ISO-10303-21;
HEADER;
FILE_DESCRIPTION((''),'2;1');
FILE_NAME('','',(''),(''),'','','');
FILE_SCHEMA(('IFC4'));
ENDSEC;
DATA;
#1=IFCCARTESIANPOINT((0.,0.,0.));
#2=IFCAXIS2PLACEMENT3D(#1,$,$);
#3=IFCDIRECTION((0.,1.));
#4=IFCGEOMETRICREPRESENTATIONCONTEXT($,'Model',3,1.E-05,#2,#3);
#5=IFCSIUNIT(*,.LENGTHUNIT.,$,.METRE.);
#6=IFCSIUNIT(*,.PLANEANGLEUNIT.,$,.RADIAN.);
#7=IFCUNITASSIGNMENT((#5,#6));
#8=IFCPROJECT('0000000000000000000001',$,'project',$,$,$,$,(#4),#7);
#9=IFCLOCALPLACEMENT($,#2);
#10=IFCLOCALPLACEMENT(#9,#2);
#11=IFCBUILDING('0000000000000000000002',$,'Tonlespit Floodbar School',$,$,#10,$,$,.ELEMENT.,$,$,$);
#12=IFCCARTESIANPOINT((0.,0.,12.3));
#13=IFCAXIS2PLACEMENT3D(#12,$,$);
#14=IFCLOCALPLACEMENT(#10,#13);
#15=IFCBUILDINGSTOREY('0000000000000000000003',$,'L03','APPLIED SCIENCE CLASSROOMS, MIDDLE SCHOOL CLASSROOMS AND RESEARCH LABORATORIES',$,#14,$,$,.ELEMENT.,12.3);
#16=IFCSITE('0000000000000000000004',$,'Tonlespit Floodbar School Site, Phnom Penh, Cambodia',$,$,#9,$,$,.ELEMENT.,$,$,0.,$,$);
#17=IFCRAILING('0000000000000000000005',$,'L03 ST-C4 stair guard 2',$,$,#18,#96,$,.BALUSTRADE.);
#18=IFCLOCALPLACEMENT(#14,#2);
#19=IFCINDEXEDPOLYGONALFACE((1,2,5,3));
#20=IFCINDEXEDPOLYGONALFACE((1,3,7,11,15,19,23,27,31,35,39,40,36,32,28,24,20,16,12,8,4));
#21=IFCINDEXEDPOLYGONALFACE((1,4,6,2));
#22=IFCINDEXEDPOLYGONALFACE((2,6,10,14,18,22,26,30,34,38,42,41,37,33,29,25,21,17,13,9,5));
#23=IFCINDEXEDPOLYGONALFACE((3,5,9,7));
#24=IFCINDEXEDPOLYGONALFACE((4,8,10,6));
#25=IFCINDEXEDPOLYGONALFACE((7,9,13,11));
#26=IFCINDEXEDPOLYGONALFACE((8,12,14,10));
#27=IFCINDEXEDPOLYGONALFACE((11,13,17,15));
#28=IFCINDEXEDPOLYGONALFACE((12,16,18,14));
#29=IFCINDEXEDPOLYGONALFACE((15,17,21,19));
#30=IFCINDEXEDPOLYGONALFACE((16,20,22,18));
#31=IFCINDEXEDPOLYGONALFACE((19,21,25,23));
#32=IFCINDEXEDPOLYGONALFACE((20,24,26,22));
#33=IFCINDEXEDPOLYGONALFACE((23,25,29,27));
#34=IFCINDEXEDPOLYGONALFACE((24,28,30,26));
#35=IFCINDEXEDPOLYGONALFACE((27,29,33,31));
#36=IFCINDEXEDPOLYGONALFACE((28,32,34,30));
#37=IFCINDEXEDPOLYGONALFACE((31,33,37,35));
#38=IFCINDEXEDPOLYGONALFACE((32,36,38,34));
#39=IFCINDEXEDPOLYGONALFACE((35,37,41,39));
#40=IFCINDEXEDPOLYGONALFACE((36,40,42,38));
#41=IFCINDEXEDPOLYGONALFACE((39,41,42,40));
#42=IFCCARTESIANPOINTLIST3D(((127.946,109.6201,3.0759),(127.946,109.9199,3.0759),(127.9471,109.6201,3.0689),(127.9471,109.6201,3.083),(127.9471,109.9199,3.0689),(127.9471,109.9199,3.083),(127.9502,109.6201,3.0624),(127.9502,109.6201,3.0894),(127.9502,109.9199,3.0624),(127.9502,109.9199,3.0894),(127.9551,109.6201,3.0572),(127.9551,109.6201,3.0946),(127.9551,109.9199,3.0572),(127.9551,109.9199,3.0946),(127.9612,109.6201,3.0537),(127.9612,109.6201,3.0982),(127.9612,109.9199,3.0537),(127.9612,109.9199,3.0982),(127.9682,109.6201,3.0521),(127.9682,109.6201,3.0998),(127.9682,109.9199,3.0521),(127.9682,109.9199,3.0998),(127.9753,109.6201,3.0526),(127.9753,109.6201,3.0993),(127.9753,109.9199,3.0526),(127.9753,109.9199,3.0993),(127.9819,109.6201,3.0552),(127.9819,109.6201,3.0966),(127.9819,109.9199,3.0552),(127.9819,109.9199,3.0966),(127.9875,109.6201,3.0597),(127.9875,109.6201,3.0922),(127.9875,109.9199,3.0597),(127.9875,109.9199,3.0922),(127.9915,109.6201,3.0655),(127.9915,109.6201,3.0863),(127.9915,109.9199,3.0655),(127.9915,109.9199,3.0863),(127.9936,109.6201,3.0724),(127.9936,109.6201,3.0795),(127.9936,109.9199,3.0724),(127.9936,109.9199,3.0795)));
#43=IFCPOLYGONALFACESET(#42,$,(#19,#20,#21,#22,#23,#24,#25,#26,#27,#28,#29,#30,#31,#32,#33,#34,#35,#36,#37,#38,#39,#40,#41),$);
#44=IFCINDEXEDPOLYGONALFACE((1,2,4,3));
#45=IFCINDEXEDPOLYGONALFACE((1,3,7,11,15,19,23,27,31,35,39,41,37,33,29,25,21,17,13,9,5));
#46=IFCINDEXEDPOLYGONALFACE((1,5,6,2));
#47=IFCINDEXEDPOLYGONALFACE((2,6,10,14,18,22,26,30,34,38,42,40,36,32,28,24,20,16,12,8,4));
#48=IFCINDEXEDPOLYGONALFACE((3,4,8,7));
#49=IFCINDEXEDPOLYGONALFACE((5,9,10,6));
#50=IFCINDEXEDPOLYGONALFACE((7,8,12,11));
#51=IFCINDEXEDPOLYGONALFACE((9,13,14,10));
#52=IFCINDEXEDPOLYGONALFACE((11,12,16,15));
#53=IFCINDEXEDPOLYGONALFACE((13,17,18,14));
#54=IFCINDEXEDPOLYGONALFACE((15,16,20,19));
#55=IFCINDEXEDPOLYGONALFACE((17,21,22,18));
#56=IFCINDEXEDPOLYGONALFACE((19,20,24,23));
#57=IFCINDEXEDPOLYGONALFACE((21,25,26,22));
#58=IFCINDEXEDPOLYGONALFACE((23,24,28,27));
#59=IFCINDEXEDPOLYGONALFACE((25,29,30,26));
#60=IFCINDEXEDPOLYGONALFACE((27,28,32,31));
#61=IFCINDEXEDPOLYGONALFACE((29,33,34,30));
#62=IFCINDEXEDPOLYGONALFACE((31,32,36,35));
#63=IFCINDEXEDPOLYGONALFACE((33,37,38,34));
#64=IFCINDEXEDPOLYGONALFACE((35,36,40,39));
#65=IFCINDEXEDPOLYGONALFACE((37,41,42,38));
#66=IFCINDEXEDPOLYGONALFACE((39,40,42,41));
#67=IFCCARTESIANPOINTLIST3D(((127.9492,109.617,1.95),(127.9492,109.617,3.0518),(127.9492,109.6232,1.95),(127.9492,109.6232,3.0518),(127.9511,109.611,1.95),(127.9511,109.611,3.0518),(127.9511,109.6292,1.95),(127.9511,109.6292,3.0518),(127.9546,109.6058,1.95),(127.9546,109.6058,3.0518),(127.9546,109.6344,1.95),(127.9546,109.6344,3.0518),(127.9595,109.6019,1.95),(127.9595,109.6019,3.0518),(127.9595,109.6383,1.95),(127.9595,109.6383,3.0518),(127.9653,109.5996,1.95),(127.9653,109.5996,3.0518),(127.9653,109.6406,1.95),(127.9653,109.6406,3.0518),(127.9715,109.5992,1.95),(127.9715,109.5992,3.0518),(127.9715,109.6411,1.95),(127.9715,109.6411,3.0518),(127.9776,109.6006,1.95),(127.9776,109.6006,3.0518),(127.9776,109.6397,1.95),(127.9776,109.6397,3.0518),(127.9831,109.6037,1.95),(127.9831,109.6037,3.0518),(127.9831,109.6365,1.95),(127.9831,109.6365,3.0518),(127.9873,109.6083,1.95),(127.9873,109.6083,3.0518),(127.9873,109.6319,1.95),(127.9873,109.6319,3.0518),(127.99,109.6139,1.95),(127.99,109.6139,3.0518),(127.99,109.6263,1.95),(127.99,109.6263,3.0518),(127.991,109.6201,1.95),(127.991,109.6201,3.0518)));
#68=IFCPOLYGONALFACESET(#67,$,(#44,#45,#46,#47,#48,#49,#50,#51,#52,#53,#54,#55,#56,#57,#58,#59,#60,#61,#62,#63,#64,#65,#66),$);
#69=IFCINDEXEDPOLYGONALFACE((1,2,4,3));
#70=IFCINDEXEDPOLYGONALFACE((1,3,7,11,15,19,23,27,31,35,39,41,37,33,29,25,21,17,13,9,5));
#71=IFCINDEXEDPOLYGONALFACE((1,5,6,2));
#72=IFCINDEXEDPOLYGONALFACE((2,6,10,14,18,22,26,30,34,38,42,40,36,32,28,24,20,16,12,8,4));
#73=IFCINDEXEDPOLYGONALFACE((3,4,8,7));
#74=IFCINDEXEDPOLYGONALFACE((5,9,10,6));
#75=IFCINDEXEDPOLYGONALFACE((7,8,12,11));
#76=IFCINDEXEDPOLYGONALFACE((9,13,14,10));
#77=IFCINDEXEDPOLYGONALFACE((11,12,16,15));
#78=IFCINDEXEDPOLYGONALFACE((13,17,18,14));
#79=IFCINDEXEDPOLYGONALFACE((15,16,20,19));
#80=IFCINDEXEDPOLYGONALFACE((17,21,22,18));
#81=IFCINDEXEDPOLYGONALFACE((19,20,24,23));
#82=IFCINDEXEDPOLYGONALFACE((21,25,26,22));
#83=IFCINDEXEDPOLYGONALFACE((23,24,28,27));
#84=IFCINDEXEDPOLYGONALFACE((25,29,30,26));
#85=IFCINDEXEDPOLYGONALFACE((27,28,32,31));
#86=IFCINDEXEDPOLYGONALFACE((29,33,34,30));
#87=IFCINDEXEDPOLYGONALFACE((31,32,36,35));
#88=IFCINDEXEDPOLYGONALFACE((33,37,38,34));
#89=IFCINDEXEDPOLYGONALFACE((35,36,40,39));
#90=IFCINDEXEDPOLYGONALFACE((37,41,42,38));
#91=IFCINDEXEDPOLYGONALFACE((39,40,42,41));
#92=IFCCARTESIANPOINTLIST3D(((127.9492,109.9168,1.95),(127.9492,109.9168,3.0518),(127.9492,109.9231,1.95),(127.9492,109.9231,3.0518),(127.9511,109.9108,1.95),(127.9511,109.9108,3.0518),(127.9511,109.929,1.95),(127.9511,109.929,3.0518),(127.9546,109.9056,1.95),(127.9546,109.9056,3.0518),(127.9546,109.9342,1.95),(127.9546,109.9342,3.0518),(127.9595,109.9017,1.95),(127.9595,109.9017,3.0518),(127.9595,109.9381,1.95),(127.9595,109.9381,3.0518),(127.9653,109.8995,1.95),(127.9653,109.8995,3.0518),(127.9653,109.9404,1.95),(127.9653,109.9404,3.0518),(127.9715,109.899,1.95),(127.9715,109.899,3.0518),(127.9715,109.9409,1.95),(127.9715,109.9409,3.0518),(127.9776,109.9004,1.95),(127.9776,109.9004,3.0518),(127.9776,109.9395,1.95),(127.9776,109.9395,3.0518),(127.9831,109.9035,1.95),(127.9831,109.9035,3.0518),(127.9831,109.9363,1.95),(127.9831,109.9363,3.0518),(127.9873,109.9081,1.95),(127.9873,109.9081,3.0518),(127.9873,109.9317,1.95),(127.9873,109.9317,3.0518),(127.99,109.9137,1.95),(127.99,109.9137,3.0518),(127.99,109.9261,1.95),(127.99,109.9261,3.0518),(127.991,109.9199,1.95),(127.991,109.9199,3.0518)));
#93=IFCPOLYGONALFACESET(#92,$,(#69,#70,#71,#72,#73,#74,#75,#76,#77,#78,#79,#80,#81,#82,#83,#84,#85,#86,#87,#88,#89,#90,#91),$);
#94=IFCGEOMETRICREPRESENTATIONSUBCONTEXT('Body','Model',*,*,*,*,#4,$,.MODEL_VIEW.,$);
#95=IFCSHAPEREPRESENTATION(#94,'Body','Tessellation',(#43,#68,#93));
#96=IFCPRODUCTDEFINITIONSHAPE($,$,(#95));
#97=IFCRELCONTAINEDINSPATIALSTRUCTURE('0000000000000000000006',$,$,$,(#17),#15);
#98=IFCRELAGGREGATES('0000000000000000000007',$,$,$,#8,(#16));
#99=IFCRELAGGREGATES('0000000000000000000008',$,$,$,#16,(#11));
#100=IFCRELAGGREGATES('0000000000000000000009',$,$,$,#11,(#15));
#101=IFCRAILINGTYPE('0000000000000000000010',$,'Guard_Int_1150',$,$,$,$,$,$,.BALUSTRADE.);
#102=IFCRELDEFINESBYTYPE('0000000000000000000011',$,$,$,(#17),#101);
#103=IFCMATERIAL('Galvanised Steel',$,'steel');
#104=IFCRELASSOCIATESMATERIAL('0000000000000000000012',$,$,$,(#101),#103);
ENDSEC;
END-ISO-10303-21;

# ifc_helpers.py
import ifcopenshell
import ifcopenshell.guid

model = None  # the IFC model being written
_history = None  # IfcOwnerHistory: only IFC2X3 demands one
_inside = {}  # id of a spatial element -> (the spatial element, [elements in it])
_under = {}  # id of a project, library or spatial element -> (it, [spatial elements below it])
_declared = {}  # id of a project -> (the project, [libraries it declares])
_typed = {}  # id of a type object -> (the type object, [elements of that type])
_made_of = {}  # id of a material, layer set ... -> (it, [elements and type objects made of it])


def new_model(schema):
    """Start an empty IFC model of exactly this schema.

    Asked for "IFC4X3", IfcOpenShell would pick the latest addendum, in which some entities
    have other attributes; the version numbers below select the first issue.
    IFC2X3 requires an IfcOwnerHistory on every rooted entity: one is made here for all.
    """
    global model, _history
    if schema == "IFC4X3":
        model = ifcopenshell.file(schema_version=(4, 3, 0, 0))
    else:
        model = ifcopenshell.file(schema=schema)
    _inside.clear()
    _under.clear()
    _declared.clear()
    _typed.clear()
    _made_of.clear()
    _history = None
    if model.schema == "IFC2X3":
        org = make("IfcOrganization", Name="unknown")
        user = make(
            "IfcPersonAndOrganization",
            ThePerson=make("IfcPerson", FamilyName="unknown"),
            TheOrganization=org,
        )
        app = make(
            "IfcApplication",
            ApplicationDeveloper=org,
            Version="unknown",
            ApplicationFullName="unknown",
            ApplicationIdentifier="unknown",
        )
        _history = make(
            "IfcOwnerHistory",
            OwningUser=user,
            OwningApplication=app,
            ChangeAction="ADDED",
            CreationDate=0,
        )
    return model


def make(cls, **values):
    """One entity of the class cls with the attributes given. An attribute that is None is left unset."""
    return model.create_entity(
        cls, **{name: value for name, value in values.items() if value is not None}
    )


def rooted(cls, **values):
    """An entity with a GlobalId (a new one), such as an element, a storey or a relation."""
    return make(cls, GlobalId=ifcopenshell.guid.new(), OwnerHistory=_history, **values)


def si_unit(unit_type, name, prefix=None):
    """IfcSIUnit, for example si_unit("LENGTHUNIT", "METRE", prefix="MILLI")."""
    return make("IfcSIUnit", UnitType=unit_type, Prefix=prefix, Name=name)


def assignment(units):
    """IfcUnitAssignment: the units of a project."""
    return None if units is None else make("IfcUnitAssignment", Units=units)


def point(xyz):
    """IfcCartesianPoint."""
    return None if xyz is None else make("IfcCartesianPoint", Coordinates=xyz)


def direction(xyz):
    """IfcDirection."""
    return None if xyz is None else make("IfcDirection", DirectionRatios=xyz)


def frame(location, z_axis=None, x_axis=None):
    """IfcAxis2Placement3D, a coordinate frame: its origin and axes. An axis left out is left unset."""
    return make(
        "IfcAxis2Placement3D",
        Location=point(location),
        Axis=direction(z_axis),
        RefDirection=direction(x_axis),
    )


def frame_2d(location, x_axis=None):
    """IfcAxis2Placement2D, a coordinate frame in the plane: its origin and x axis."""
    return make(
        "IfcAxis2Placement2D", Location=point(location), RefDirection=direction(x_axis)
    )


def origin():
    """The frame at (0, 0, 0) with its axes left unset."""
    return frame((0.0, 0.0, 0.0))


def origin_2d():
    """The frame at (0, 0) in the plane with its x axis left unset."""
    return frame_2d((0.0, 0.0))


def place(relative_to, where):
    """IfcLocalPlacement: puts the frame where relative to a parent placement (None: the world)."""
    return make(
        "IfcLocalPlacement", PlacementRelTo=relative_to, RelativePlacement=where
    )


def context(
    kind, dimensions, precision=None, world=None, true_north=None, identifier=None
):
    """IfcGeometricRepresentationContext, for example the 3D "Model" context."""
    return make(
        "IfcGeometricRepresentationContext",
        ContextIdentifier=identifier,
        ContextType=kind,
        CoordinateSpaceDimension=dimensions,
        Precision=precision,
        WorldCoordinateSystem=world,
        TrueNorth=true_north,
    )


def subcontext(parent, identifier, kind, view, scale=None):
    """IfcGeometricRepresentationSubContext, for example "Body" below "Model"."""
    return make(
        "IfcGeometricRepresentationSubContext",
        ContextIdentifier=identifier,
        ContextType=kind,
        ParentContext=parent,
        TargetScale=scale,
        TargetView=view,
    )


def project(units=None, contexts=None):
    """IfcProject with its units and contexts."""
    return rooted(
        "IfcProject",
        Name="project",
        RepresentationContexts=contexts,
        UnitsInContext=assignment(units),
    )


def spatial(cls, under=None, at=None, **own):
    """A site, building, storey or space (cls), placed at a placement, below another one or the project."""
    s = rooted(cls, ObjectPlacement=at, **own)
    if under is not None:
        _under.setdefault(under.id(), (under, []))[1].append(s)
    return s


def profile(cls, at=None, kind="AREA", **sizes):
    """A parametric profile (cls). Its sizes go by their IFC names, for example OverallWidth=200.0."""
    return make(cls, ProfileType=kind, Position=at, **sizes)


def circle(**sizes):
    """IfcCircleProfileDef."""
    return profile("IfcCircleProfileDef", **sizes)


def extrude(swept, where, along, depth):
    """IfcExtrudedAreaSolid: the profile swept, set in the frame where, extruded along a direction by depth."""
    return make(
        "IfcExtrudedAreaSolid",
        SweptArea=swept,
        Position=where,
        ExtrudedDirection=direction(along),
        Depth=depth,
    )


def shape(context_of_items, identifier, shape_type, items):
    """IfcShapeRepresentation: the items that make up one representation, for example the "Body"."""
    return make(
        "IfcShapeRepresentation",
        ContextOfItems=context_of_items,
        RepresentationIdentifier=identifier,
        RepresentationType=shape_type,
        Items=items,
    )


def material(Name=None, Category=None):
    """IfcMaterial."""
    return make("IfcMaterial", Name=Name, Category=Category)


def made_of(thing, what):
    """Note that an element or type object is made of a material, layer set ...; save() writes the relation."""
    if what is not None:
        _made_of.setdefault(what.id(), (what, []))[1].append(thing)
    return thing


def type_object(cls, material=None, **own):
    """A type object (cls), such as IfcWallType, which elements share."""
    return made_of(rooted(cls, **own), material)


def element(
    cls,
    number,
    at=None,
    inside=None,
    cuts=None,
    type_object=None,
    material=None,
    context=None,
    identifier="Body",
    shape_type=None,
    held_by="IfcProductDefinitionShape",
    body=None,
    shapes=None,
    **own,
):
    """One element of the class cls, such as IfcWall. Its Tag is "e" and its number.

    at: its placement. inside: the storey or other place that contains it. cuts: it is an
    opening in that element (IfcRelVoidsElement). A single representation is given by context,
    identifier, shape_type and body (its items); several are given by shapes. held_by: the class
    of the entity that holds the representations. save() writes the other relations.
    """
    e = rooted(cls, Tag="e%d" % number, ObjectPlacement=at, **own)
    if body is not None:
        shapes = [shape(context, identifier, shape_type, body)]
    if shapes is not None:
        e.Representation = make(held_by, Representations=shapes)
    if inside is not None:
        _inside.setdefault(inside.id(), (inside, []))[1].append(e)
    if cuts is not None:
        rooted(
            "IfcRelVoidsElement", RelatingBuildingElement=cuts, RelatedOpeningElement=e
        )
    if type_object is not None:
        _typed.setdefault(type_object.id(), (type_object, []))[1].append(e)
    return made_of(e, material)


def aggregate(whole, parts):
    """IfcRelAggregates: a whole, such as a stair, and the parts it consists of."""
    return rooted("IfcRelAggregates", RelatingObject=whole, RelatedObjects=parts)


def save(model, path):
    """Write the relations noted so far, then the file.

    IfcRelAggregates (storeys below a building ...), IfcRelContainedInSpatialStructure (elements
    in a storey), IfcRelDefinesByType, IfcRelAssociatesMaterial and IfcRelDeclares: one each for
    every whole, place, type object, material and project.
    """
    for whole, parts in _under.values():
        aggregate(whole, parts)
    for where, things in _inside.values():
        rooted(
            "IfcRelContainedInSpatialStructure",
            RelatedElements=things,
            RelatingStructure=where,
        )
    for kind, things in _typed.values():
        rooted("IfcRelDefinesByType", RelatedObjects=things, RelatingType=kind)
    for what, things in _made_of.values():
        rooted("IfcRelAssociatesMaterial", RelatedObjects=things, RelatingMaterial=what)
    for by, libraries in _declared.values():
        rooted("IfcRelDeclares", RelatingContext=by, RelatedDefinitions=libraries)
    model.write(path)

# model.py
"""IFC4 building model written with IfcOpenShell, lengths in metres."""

from ifc_helpers import new_model, si_unit, direction, frame, origin, origin_2d, place, context, subcontext, project, spatial, circle, extrude, material, type_object, element, save


model = new_model("IFC4")

# Units and contexts
model_context = context("Model", 3, precision=1e-05, world=origin(), true_north=direction((0.0, 1.0)))
body_context = subcontext(model_context, "Body", "Model", "MODEL_VIEW")
ifc_project = project(units=[si_unit("LENGTHUNIT", "METRE"), si_unit("PLANEANGLEUNIT", "RADIAN")], contexts=[model_context])

# Site, building, storey
site_placement = place(None, origin())
site = spatial("IfcSite", under=ifc_project, at=site_placement, Name="Tonlespit Floodbar School Site, Phnom Penh, Cambodia", CompositionType="ELEMENT", RefElevation=0.0)
building_placement = place(site_placement, origin())
building = spatial("IfcBuilding", under=site, at=building_placement, Name="Tonlespit Floodbar School", CompositionType="ELEMENT")
storey_placement = place(building_placement, frame((0.0, 0.0, 12.3)))
storey = spatial("IfcBuildingStorey", under=building, at=storey_placement, Name="L03", Description="APPLIED SCIENCE CLASSROOMS, MIDDLE SCHOOL CLASSROOMS AND RESEARCH LABORATORIES", CompositionType="ELEMENT", Elevation=12.3)

# Shared definitions
ifc_material_1 = material(Name="Galvanised Steel", Category="steel")

# Railing
railing_type_1 = type_object("IfcRailingType", Name="Guard_Int_1150", PredefinedType="BALUSTRADE", material=ifc_material_1)
railing_1_placement = place(storey_placement, frame((127.97, 109.6201, 1.95)))
element("IfcRailing", 1, at=railing_1_placement, inside=storey, type_object=railing_type_1, Name="L03 ST-C4 stair guard 2", PredefinedType="BALUSTRADE", context=body_context, shape_type="SweptSolid", body=[
    extrude(circle(Radius=0.0239, at=origin_2d()), frame((0.0, 0.0, 1.126), z_axis=(0.0, 1.0, 0.0), x_axis=(-1.0, 0.0, 0.0)), (0.0, 0.0, 1.0), 0.2998),
    extrude(circle(Radius=0.021, at=origin_2d()), origin(), (0.0, 0.0, 1.0), 1.1018),
    extrude(circle(Radius=0.021, at=origin_2d()), frame((0.0, 0.2998, 0.0)), (0.0, 0.0, 1.0), 1.1018),
])

save(model, "model.ifc")
